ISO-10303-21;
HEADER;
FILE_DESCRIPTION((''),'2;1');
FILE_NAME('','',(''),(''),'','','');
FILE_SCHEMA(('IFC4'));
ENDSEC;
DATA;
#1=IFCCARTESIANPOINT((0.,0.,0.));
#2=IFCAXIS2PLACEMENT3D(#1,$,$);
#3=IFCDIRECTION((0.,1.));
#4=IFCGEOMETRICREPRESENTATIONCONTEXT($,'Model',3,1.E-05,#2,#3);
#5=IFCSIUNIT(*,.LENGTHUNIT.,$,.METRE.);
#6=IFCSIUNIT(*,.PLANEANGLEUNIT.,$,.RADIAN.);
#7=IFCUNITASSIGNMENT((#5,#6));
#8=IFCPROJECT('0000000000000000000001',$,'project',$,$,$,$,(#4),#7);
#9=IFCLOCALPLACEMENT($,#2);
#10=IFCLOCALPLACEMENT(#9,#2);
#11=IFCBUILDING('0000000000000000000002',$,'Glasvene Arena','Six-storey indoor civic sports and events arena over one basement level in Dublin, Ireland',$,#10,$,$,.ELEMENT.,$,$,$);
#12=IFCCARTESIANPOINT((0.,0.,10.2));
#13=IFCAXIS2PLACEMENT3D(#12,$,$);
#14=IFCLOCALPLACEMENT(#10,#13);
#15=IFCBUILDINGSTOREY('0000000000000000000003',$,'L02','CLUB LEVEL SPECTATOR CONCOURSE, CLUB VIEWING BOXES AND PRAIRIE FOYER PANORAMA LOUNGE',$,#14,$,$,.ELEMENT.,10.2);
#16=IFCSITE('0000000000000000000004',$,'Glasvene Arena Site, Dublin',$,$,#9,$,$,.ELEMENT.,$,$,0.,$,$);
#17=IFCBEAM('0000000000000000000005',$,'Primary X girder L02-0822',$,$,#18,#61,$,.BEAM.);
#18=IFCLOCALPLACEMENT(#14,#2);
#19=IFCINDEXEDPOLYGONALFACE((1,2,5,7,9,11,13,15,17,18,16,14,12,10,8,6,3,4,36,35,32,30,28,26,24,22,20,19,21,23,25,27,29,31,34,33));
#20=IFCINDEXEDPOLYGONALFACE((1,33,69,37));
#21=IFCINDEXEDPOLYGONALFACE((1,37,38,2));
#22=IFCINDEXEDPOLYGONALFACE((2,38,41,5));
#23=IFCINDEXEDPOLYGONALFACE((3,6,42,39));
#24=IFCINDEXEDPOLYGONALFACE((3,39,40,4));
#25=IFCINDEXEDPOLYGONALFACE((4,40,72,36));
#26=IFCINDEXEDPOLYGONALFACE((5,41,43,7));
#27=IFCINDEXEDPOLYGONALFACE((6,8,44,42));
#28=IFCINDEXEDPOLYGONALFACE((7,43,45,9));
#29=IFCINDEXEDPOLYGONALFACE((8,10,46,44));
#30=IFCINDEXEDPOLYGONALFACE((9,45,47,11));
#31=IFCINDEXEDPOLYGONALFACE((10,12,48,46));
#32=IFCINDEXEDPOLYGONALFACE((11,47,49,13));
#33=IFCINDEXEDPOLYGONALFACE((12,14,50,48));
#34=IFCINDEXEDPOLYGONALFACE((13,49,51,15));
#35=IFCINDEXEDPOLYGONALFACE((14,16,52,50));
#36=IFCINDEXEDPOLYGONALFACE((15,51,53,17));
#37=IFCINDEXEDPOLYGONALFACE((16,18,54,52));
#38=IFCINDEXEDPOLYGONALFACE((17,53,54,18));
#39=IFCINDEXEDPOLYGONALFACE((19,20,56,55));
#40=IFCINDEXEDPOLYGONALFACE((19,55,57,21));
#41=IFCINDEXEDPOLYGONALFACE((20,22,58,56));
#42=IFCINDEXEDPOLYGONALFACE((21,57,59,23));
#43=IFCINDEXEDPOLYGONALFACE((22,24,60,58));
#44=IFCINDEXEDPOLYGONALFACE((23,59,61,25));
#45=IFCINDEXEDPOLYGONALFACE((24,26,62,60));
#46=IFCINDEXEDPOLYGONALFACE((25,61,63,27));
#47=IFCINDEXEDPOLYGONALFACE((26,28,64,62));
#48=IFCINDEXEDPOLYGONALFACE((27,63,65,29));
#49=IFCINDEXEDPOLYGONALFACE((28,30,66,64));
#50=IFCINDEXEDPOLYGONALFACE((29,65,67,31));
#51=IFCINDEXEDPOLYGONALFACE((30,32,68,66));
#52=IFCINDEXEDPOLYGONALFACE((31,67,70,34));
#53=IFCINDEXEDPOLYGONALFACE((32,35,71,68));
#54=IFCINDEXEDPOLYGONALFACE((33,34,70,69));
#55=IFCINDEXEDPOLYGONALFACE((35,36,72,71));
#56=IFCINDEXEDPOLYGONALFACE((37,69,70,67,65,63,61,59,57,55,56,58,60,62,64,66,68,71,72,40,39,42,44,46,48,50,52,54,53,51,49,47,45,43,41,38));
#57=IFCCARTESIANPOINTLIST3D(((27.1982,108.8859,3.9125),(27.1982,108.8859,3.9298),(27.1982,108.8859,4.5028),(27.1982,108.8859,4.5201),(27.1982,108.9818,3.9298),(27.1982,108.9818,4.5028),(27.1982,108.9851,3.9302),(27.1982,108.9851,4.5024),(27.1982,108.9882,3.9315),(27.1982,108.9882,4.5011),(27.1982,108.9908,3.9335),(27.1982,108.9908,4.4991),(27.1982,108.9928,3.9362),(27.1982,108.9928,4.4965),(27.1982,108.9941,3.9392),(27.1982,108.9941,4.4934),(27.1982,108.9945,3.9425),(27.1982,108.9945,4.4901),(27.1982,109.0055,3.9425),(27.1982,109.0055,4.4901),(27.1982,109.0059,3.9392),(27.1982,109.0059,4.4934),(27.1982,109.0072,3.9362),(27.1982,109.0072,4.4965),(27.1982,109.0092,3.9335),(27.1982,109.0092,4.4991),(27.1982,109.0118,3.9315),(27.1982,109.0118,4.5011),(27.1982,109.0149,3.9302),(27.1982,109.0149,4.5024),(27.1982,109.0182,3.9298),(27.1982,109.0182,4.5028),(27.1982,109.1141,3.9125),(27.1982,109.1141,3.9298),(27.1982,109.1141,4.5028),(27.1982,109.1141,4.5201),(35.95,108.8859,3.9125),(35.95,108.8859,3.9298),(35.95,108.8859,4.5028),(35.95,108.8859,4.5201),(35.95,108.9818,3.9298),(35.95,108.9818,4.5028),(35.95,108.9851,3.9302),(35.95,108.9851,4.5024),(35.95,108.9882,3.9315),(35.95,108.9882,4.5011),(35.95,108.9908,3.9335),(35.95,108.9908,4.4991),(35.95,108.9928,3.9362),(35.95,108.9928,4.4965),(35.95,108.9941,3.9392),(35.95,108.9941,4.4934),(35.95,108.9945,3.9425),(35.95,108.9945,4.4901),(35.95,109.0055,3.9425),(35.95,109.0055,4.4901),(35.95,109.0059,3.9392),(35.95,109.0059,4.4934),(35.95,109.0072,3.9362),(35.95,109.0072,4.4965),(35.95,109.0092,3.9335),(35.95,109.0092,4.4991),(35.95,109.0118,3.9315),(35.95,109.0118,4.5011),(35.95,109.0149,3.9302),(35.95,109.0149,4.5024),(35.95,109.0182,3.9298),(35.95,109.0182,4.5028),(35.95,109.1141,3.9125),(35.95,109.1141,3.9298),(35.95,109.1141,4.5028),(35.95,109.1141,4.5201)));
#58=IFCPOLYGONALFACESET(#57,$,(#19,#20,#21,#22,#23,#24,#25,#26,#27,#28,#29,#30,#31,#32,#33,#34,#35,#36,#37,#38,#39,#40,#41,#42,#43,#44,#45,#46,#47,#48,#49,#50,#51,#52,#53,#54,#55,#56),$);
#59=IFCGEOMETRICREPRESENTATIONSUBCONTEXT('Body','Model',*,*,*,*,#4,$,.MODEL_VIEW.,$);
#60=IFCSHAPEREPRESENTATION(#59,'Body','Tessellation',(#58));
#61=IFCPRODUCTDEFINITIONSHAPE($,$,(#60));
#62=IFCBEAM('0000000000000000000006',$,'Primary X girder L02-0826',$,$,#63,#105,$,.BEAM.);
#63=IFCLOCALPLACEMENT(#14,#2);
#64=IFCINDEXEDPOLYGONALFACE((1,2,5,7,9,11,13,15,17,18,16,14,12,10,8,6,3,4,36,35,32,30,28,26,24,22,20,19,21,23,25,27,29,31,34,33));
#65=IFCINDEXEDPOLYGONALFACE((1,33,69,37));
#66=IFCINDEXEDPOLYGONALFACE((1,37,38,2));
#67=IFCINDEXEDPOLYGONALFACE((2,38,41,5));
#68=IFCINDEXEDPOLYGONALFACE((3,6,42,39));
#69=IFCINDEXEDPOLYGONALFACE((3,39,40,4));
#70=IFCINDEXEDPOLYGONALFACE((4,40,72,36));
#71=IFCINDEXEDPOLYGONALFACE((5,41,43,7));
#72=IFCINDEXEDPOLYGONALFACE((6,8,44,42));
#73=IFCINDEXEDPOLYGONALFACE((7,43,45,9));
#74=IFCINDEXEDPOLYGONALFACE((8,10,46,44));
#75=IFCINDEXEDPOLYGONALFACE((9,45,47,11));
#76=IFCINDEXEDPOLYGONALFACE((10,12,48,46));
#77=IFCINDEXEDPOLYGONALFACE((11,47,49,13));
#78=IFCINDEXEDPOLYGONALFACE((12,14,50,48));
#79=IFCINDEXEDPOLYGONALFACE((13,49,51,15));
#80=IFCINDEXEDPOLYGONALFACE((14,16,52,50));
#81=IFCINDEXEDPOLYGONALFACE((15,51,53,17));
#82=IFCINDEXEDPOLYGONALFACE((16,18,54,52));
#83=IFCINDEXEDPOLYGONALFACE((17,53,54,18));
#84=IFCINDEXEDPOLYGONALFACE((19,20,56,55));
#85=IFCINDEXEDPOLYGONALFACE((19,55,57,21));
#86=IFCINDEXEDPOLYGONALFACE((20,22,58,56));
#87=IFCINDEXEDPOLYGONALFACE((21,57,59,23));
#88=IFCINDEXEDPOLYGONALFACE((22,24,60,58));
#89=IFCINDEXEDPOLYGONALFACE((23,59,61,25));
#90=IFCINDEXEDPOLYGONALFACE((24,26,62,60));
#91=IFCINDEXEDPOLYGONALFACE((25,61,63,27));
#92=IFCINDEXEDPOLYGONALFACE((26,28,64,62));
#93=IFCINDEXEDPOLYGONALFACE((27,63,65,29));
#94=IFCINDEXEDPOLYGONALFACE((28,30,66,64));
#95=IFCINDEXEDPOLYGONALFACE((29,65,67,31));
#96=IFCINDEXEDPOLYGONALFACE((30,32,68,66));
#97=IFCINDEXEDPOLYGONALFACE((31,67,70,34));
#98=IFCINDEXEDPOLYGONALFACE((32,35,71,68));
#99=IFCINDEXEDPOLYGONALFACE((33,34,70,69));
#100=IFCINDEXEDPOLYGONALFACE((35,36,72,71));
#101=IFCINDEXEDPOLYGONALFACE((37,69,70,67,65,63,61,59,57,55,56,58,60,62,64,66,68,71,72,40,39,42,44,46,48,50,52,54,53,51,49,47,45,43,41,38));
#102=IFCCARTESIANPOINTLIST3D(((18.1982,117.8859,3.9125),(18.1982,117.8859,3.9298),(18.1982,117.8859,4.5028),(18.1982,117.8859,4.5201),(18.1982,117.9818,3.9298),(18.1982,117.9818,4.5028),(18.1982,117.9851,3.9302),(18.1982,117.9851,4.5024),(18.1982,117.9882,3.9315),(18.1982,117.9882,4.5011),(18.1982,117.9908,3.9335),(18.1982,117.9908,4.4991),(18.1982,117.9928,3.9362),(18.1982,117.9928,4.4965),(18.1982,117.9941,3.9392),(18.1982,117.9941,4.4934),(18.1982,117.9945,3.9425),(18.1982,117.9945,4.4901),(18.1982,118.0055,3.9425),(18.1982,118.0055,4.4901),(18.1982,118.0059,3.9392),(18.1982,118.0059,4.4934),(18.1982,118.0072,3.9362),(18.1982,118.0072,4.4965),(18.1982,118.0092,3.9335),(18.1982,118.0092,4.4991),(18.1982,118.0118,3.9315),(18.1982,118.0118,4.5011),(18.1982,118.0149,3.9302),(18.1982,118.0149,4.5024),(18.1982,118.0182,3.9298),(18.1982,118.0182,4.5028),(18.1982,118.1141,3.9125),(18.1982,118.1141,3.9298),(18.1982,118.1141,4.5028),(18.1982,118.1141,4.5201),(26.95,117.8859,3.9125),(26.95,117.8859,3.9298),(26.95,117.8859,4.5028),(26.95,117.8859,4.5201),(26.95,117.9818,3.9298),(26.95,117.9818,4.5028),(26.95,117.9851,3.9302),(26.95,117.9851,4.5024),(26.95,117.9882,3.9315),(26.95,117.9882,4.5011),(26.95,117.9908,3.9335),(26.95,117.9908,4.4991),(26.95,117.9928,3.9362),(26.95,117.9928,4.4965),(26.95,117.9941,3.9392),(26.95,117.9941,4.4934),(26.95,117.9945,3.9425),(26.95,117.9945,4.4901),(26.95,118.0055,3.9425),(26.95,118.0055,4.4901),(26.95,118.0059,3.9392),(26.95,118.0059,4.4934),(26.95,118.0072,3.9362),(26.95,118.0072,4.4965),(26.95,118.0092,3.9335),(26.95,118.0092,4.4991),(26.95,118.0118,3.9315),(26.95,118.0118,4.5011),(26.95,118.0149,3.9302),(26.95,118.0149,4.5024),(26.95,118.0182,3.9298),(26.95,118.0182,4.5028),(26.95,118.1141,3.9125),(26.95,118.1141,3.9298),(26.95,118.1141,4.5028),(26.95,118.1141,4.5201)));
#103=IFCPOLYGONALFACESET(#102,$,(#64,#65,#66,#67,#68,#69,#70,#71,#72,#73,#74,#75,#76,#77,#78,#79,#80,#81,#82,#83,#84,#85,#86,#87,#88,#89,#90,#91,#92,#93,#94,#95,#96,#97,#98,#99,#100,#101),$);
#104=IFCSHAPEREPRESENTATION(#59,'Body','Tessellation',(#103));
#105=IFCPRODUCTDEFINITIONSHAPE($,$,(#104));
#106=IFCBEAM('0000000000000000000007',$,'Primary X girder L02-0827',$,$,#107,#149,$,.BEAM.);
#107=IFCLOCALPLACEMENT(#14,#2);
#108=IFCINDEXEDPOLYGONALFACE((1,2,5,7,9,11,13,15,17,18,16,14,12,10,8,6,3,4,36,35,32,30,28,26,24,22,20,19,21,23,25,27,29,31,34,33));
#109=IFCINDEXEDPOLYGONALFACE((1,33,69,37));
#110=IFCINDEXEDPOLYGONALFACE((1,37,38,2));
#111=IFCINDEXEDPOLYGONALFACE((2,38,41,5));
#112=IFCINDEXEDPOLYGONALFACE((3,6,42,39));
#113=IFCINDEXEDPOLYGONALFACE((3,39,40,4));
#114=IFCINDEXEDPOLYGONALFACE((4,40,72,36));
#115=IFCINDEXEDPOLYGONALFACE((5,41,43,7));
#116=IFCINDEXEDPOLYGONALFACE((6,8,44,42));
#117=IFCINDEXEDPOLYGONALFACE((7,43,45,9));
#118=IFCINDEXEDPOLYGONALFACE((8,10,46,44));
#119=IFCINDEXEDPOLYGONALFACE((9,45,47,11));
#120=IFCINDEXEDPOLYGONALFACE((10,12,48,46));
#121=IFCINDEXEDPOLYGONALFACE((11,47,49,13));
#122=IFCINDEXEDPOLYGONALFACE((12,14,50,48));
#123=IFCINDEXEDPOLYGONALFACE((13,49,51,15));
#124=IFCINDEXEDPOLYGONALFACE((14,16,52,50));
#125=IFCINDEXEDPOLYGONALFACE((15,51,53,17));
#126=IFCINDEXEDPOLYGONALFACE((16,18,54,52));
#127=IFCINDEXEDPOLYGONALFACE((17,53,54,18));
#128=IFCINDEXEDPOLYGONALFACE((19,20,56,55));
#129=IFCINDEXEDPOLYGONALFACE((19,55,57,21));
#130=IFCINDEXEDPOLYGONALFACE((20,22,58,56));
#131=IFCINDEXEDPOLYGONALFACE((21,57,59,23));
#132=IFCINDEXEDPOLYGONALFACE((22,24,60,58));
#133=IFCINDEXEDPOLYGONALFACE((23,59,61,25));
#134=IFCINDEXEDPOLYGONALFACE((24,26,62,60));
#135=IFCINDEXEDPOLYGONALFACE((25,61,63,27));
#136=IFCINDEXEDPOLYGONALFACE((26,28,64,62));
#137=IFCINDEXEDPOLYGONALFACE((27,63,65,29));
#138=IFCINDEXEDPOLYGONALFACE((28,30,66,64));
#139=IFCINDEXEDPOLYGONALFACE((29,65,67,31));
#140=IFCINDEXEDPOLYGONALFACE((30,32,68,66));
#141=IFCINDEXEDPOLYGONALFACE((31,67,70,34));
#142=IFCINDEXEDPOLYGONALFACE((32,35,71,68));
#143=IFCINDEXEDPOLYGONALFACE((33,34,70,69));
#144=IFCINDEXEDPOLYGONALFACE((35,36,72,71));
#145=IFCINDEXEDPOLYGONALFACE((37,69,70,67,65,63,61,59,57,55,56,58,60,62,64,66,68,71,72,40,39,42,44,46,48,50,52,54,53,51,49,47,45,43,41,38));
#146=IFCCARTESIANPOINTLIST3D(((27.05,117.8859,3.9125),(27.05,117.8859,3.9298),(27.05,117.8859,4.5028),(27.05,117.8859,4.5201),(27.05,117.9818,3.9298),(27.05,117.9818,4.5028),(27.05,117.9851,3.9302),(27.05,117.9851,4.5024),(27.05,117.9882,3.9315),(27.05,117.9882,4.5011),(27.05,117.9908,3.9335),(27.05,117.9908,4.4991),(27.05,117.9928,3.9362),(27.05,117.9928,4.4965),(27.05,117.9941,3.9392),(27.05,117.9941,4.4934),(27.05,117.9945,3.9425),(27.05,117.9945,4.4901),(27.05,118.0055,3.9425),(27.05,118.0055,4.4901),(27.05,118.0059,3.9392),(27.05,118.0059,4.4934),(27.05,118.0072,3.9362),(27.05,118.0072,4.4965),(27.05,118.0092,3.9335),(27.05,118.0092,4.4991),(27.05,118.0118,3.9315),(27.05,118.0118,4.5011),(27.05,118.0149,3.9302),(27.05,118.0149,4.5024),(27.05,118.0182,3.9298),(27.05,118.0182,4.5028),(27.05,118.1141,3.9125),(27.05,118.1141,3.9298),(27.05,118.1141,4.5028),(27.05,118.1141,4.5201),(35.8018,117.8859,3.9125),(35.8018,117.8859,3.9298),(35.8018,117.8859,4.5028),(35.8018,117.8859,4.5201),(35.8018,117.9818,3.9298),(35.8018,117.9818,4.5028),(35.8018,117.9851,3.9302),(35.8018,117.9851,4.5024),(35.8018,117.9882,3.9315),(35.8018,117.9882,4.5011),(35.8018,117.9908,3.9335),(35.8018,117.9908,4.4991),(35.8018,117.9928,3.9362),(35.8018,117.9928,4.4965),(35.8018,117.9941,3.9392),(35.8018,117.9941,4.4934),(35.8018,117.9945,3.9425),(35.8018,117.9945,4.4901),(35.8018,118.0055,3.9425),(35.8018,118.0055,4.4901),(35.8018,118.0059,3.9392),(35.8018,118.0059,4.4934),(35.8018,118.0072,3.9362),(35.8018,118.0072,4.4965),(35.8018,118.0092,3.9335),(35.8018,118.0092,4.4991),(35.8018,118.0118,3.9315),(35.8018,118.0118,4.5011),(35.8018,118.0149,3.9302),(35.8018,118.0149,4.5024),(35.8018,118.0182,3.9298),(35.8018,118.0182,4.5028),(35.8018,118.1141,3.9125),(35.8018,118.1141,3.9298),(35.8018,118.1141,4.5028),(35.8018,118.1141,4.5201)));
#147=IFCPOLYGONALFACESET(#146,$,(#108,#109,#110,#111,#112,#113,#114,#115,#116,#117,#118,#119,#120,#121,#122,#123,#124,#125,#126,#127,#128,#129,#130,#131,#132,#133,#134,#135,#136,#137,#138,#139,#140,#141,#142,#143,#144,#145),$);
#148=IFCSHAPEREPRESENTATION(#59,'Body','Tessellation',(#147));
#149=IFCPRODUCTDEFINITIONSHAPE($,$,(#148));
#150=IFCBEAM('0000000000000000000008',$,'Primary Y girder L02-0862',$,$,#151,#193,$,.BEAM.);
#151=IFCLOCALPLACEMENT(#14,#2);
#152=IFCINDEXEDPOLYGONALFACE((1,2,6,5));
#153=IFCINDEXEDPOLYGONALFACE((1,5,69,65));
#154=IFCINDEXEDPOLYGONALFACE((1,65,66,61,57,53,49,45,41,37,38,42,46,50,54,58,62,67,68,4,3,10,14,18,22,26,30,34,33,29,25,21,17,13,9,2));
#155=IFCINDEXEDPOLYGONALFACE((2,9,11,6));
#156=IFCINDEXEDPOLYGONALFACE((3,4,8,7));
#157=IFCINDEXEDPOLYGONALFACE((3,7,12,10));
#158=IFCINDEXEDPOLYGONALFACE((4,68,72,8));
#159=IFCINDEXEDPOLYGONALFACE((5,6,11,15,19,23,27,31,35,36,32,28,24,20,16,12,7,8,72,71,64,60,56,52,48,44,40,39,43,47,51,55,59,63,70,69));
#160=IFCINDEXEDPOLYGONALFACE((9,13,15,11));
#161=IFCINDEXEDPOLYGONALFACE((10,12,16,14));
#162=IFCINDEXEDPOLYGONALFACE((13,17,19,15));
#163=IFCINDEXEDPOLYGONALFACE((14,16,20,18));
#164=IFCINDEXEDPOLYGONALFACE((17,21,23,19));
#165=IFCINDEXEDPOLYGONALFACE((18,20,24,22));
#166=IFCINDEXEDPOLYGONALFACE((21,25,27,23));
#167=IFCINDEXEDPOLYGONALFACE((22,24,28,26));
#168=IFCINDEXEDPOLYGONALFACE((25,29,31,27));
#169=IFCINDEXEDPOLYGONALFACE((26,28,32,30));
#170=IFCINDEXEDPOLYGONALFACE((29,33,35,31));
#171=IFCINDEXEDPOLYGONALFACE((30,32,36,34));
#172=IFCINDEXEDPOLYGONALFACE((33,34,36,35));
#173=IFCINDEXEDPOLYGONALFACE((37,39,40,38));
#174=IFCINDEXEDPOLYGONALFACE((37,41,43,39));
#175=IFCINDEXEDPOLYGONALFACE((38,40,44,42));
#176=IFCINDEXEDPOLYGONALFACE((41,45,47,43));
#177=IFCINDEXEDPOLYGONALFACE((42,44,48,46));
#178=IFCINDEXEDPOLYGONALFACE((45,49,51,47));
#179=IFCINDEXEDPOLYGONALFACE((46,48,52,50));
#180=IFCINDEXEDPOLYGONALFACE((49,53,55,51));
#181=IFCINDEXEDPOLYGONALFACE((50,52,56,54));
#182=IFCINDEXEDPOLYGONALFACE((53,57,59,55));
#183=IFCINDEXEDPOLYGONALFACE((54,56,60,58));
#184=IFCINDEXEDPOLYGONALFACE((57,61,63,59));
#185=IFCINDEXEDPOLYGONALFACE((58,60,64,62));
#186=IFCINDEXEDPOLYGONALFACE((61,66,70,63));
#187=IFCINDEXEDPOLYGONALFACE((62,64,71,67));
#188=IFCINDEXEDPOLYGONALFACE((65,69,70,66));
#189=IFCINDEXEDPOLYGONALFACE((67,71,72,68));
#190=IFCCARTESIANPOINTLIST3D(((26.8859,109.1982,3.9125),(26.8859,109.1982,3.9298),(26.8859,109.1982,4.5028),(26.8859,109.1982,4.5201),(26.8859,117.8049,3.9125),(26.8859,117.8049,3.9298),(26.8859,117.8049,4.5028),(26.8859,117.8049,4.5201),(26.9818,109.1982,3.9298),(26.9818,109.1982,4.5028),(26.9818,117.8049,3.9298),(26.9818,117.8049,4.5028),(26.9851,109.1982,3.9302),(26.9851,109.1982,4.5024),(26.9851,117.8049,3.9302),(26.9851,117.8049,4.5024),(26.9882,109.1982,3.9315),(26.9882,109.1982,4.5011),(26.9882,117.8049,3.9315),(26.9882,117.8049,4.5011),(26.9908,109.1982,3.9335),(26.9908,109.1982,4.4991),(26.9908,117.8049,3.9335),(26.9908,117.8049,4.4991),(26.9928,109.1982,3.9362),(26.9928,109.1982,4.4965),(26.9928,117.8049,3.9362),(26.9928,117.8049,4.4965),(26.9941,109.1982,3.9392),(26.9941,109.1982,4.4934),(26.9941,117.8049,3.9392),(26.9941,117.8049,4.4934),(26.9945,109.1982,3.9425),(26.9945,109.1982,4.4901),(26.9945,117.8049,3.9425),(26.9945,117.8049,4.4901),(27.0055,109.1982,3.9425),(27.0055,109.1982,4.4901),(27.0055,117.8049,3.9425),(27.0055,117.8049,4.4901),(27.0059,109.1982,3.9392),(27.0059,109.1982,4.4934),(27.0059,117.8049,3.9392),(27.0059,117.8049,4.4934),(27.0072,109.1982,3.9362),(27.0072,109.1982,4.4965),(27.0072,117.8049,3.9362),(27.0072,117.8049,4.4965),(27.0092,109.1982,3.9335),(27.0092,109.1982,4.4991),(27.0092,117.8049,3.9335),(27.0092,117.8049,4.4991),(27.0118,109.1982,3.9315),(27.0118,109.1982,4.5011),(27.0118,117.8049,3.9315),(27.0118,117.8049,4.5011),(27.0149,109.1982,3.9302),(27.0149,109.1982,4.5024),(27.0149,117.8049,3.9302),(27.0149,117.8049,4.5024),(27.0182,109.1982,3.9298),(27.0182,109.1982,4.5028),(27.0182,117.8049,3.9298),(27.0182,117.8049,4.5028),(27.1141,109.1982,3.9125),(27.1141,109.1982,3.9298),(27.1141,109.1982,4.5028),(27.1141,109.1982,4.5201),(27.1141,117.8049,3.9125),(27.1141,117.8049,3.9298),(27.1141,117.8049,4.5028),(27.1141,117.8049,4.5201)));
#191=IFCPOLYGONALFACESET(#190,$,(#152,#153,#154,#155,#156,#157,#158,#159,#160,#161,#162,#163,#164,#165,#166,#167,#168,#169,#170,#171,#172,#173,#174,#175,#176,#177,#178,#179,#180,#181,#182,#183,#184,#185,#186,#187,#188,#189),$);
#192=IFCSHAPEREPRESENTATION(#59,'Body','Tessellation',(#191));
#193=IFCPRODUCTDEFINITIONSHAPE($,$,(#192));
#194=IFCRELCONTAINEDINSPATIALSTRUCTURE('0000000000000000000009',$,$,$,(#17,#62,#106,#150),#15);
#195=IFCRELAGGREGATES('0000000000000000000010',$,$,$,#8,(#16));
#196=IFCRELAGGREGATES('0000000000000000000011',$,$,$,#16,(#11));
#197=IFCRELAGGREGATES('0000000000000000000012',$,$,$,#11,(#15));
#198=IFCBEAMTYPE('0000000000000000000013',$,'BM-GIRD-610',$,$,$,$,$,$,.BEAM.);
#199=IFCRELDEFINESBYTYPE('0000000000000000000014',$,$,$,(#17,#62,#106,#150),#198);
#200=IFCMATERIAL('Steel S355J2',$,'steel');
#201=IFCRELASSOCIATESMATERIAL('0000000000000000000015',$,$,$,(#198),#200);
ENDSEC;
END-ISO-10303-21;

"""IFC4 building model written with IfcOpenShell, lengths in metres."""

from ifc_helpers import new_model, si_unit, direction, frame, origin, origin_2d, place, context, subcontext, project, spatial, i_section, extrude, material, material_profile, profile_set, type_object, element, save


model = new_model("IFC4")

# Units and contexts
model_context = context("Model", 3, precision=1e-05, world=origin(), true_north=direction((0.0, 1.0)))
body_context = subcontext(model_context, "Body", "Model", "MODEL_VIEW")
ifc_project = project(units=[si_unit("LENGTHUNIT", "METRE"), si_unit("PLANEANGLEUNIT", "RADIAN")], contexts=[model_context])

# Site, building, storey
site_placement = place(None, origin())
site = spatial("IfcSite", under=ifc_project, at=site_placement, Name="Glasvene Arena Site, Dublin", CompositionType="ELEMENT", RefElevation=0.0)
building_placement = place(site_placement, origin())
building = spatial("IfcBuilding", under=site, at=building_placement, Name="Glasvene Arena", Description="Six-storey indoor civic sports and events arena over one basement level in Dublin, Ireland", CompositionType="ELEMENT")
storey_placement = place(building_placement, frame((0.0, 0.0, 10.2)))
storey = spatial("IfcBuildingStorey", under=building, at=storey_placement, Name="L02", Description="CLUB LEVEL SPECTATOR CONCOURSE, CLUB VIEWING BOXES AND PRAIRIE FOYER PANORAMA LOUNGE", CompositionType="ELEMENT", Elevation=10.2)

# Shared definitions
ifc_material_1 = material(Name="Steel S355J2", Category="steel")

# Beams
ifc_material_profile_1 = material_profile(ifc_material_1, i_section(OverallWidth=0.2283, OverallDepth=0.6077, WebThickness=0.011, FlangeThickness=0.0173, FilletRadius=0.0127, at=origin_2d()), Name="UKB 610x229x113")
ifc_profile_set_1 = profile_set([ifc_material_profile_1], Name="Steel S355J2")
beam_type_1 = type_object("IfcBeamType", Name="BM-GIRD-610", PredefinedType="BEAM", material=ifc_profile_set_1)
for number, where, z_axis, x_axis, name in (
    (1, (27.1982, 109.0, 4.2163), (1.0, 0.0, 0.0), (0.0, 1.0, 0.0), "Primary X girder L02-0822"),
    (2, (18.1982, 118.0, 4.2163), (1.0, 0.0, 0.0), (0.0, 1.0, 0.0), "Primary X girder L02-0826"),
    (3, (27.05, 118.0, 4.2163), (1.0, 0.0, 0.0), (0.0, 1.0, 0.0), "Primary X girder L02-0827"),
):
    element("IfcBeam", number, at=place(storey_placement, frame(where, z_axis=z_axis, x_axis=x_axis)), inside=storey, type_object=beam_type_1, Name=name, PredefinedType="BEAM", context=body_context, shape_type="SweptSolid", body=[
        extrude(i_section(OverallWidth=0.2283, OverallDepth=0.6077, WebThickness=0.011, FlangeThickness=0.0173, FilletRadius=0.0127, at=origin_2d()), origin(), (0.0, 0.0, 1.0), 8.7517),
    ])
beam_placement = place(storey_placement, frame((27.0, 109.1982, 4.2163), z_axis=(0.0, 1.0, 0.0), x_axis=(-1.0, 0.0, 0.0)))
element("IfcBeam", 4, at=beam_placement, inside=storey, type_object=beam_type_1, Name="Primary Y girder L02-0862", PredefinedType="BEAM", context=body_context, shape_type="SweptSolid", body=[
    extrude(i_section(OverallWidth=0.2283, OverallDepth=0.6077, WebThickness=0.011, FlangeThickness=0.0173, FilletRadius=0.0127, at=origin_2d()), origin(), (0.0, 0.0, 1.0), 8.6067),
])

save(model, "model.ifc")
